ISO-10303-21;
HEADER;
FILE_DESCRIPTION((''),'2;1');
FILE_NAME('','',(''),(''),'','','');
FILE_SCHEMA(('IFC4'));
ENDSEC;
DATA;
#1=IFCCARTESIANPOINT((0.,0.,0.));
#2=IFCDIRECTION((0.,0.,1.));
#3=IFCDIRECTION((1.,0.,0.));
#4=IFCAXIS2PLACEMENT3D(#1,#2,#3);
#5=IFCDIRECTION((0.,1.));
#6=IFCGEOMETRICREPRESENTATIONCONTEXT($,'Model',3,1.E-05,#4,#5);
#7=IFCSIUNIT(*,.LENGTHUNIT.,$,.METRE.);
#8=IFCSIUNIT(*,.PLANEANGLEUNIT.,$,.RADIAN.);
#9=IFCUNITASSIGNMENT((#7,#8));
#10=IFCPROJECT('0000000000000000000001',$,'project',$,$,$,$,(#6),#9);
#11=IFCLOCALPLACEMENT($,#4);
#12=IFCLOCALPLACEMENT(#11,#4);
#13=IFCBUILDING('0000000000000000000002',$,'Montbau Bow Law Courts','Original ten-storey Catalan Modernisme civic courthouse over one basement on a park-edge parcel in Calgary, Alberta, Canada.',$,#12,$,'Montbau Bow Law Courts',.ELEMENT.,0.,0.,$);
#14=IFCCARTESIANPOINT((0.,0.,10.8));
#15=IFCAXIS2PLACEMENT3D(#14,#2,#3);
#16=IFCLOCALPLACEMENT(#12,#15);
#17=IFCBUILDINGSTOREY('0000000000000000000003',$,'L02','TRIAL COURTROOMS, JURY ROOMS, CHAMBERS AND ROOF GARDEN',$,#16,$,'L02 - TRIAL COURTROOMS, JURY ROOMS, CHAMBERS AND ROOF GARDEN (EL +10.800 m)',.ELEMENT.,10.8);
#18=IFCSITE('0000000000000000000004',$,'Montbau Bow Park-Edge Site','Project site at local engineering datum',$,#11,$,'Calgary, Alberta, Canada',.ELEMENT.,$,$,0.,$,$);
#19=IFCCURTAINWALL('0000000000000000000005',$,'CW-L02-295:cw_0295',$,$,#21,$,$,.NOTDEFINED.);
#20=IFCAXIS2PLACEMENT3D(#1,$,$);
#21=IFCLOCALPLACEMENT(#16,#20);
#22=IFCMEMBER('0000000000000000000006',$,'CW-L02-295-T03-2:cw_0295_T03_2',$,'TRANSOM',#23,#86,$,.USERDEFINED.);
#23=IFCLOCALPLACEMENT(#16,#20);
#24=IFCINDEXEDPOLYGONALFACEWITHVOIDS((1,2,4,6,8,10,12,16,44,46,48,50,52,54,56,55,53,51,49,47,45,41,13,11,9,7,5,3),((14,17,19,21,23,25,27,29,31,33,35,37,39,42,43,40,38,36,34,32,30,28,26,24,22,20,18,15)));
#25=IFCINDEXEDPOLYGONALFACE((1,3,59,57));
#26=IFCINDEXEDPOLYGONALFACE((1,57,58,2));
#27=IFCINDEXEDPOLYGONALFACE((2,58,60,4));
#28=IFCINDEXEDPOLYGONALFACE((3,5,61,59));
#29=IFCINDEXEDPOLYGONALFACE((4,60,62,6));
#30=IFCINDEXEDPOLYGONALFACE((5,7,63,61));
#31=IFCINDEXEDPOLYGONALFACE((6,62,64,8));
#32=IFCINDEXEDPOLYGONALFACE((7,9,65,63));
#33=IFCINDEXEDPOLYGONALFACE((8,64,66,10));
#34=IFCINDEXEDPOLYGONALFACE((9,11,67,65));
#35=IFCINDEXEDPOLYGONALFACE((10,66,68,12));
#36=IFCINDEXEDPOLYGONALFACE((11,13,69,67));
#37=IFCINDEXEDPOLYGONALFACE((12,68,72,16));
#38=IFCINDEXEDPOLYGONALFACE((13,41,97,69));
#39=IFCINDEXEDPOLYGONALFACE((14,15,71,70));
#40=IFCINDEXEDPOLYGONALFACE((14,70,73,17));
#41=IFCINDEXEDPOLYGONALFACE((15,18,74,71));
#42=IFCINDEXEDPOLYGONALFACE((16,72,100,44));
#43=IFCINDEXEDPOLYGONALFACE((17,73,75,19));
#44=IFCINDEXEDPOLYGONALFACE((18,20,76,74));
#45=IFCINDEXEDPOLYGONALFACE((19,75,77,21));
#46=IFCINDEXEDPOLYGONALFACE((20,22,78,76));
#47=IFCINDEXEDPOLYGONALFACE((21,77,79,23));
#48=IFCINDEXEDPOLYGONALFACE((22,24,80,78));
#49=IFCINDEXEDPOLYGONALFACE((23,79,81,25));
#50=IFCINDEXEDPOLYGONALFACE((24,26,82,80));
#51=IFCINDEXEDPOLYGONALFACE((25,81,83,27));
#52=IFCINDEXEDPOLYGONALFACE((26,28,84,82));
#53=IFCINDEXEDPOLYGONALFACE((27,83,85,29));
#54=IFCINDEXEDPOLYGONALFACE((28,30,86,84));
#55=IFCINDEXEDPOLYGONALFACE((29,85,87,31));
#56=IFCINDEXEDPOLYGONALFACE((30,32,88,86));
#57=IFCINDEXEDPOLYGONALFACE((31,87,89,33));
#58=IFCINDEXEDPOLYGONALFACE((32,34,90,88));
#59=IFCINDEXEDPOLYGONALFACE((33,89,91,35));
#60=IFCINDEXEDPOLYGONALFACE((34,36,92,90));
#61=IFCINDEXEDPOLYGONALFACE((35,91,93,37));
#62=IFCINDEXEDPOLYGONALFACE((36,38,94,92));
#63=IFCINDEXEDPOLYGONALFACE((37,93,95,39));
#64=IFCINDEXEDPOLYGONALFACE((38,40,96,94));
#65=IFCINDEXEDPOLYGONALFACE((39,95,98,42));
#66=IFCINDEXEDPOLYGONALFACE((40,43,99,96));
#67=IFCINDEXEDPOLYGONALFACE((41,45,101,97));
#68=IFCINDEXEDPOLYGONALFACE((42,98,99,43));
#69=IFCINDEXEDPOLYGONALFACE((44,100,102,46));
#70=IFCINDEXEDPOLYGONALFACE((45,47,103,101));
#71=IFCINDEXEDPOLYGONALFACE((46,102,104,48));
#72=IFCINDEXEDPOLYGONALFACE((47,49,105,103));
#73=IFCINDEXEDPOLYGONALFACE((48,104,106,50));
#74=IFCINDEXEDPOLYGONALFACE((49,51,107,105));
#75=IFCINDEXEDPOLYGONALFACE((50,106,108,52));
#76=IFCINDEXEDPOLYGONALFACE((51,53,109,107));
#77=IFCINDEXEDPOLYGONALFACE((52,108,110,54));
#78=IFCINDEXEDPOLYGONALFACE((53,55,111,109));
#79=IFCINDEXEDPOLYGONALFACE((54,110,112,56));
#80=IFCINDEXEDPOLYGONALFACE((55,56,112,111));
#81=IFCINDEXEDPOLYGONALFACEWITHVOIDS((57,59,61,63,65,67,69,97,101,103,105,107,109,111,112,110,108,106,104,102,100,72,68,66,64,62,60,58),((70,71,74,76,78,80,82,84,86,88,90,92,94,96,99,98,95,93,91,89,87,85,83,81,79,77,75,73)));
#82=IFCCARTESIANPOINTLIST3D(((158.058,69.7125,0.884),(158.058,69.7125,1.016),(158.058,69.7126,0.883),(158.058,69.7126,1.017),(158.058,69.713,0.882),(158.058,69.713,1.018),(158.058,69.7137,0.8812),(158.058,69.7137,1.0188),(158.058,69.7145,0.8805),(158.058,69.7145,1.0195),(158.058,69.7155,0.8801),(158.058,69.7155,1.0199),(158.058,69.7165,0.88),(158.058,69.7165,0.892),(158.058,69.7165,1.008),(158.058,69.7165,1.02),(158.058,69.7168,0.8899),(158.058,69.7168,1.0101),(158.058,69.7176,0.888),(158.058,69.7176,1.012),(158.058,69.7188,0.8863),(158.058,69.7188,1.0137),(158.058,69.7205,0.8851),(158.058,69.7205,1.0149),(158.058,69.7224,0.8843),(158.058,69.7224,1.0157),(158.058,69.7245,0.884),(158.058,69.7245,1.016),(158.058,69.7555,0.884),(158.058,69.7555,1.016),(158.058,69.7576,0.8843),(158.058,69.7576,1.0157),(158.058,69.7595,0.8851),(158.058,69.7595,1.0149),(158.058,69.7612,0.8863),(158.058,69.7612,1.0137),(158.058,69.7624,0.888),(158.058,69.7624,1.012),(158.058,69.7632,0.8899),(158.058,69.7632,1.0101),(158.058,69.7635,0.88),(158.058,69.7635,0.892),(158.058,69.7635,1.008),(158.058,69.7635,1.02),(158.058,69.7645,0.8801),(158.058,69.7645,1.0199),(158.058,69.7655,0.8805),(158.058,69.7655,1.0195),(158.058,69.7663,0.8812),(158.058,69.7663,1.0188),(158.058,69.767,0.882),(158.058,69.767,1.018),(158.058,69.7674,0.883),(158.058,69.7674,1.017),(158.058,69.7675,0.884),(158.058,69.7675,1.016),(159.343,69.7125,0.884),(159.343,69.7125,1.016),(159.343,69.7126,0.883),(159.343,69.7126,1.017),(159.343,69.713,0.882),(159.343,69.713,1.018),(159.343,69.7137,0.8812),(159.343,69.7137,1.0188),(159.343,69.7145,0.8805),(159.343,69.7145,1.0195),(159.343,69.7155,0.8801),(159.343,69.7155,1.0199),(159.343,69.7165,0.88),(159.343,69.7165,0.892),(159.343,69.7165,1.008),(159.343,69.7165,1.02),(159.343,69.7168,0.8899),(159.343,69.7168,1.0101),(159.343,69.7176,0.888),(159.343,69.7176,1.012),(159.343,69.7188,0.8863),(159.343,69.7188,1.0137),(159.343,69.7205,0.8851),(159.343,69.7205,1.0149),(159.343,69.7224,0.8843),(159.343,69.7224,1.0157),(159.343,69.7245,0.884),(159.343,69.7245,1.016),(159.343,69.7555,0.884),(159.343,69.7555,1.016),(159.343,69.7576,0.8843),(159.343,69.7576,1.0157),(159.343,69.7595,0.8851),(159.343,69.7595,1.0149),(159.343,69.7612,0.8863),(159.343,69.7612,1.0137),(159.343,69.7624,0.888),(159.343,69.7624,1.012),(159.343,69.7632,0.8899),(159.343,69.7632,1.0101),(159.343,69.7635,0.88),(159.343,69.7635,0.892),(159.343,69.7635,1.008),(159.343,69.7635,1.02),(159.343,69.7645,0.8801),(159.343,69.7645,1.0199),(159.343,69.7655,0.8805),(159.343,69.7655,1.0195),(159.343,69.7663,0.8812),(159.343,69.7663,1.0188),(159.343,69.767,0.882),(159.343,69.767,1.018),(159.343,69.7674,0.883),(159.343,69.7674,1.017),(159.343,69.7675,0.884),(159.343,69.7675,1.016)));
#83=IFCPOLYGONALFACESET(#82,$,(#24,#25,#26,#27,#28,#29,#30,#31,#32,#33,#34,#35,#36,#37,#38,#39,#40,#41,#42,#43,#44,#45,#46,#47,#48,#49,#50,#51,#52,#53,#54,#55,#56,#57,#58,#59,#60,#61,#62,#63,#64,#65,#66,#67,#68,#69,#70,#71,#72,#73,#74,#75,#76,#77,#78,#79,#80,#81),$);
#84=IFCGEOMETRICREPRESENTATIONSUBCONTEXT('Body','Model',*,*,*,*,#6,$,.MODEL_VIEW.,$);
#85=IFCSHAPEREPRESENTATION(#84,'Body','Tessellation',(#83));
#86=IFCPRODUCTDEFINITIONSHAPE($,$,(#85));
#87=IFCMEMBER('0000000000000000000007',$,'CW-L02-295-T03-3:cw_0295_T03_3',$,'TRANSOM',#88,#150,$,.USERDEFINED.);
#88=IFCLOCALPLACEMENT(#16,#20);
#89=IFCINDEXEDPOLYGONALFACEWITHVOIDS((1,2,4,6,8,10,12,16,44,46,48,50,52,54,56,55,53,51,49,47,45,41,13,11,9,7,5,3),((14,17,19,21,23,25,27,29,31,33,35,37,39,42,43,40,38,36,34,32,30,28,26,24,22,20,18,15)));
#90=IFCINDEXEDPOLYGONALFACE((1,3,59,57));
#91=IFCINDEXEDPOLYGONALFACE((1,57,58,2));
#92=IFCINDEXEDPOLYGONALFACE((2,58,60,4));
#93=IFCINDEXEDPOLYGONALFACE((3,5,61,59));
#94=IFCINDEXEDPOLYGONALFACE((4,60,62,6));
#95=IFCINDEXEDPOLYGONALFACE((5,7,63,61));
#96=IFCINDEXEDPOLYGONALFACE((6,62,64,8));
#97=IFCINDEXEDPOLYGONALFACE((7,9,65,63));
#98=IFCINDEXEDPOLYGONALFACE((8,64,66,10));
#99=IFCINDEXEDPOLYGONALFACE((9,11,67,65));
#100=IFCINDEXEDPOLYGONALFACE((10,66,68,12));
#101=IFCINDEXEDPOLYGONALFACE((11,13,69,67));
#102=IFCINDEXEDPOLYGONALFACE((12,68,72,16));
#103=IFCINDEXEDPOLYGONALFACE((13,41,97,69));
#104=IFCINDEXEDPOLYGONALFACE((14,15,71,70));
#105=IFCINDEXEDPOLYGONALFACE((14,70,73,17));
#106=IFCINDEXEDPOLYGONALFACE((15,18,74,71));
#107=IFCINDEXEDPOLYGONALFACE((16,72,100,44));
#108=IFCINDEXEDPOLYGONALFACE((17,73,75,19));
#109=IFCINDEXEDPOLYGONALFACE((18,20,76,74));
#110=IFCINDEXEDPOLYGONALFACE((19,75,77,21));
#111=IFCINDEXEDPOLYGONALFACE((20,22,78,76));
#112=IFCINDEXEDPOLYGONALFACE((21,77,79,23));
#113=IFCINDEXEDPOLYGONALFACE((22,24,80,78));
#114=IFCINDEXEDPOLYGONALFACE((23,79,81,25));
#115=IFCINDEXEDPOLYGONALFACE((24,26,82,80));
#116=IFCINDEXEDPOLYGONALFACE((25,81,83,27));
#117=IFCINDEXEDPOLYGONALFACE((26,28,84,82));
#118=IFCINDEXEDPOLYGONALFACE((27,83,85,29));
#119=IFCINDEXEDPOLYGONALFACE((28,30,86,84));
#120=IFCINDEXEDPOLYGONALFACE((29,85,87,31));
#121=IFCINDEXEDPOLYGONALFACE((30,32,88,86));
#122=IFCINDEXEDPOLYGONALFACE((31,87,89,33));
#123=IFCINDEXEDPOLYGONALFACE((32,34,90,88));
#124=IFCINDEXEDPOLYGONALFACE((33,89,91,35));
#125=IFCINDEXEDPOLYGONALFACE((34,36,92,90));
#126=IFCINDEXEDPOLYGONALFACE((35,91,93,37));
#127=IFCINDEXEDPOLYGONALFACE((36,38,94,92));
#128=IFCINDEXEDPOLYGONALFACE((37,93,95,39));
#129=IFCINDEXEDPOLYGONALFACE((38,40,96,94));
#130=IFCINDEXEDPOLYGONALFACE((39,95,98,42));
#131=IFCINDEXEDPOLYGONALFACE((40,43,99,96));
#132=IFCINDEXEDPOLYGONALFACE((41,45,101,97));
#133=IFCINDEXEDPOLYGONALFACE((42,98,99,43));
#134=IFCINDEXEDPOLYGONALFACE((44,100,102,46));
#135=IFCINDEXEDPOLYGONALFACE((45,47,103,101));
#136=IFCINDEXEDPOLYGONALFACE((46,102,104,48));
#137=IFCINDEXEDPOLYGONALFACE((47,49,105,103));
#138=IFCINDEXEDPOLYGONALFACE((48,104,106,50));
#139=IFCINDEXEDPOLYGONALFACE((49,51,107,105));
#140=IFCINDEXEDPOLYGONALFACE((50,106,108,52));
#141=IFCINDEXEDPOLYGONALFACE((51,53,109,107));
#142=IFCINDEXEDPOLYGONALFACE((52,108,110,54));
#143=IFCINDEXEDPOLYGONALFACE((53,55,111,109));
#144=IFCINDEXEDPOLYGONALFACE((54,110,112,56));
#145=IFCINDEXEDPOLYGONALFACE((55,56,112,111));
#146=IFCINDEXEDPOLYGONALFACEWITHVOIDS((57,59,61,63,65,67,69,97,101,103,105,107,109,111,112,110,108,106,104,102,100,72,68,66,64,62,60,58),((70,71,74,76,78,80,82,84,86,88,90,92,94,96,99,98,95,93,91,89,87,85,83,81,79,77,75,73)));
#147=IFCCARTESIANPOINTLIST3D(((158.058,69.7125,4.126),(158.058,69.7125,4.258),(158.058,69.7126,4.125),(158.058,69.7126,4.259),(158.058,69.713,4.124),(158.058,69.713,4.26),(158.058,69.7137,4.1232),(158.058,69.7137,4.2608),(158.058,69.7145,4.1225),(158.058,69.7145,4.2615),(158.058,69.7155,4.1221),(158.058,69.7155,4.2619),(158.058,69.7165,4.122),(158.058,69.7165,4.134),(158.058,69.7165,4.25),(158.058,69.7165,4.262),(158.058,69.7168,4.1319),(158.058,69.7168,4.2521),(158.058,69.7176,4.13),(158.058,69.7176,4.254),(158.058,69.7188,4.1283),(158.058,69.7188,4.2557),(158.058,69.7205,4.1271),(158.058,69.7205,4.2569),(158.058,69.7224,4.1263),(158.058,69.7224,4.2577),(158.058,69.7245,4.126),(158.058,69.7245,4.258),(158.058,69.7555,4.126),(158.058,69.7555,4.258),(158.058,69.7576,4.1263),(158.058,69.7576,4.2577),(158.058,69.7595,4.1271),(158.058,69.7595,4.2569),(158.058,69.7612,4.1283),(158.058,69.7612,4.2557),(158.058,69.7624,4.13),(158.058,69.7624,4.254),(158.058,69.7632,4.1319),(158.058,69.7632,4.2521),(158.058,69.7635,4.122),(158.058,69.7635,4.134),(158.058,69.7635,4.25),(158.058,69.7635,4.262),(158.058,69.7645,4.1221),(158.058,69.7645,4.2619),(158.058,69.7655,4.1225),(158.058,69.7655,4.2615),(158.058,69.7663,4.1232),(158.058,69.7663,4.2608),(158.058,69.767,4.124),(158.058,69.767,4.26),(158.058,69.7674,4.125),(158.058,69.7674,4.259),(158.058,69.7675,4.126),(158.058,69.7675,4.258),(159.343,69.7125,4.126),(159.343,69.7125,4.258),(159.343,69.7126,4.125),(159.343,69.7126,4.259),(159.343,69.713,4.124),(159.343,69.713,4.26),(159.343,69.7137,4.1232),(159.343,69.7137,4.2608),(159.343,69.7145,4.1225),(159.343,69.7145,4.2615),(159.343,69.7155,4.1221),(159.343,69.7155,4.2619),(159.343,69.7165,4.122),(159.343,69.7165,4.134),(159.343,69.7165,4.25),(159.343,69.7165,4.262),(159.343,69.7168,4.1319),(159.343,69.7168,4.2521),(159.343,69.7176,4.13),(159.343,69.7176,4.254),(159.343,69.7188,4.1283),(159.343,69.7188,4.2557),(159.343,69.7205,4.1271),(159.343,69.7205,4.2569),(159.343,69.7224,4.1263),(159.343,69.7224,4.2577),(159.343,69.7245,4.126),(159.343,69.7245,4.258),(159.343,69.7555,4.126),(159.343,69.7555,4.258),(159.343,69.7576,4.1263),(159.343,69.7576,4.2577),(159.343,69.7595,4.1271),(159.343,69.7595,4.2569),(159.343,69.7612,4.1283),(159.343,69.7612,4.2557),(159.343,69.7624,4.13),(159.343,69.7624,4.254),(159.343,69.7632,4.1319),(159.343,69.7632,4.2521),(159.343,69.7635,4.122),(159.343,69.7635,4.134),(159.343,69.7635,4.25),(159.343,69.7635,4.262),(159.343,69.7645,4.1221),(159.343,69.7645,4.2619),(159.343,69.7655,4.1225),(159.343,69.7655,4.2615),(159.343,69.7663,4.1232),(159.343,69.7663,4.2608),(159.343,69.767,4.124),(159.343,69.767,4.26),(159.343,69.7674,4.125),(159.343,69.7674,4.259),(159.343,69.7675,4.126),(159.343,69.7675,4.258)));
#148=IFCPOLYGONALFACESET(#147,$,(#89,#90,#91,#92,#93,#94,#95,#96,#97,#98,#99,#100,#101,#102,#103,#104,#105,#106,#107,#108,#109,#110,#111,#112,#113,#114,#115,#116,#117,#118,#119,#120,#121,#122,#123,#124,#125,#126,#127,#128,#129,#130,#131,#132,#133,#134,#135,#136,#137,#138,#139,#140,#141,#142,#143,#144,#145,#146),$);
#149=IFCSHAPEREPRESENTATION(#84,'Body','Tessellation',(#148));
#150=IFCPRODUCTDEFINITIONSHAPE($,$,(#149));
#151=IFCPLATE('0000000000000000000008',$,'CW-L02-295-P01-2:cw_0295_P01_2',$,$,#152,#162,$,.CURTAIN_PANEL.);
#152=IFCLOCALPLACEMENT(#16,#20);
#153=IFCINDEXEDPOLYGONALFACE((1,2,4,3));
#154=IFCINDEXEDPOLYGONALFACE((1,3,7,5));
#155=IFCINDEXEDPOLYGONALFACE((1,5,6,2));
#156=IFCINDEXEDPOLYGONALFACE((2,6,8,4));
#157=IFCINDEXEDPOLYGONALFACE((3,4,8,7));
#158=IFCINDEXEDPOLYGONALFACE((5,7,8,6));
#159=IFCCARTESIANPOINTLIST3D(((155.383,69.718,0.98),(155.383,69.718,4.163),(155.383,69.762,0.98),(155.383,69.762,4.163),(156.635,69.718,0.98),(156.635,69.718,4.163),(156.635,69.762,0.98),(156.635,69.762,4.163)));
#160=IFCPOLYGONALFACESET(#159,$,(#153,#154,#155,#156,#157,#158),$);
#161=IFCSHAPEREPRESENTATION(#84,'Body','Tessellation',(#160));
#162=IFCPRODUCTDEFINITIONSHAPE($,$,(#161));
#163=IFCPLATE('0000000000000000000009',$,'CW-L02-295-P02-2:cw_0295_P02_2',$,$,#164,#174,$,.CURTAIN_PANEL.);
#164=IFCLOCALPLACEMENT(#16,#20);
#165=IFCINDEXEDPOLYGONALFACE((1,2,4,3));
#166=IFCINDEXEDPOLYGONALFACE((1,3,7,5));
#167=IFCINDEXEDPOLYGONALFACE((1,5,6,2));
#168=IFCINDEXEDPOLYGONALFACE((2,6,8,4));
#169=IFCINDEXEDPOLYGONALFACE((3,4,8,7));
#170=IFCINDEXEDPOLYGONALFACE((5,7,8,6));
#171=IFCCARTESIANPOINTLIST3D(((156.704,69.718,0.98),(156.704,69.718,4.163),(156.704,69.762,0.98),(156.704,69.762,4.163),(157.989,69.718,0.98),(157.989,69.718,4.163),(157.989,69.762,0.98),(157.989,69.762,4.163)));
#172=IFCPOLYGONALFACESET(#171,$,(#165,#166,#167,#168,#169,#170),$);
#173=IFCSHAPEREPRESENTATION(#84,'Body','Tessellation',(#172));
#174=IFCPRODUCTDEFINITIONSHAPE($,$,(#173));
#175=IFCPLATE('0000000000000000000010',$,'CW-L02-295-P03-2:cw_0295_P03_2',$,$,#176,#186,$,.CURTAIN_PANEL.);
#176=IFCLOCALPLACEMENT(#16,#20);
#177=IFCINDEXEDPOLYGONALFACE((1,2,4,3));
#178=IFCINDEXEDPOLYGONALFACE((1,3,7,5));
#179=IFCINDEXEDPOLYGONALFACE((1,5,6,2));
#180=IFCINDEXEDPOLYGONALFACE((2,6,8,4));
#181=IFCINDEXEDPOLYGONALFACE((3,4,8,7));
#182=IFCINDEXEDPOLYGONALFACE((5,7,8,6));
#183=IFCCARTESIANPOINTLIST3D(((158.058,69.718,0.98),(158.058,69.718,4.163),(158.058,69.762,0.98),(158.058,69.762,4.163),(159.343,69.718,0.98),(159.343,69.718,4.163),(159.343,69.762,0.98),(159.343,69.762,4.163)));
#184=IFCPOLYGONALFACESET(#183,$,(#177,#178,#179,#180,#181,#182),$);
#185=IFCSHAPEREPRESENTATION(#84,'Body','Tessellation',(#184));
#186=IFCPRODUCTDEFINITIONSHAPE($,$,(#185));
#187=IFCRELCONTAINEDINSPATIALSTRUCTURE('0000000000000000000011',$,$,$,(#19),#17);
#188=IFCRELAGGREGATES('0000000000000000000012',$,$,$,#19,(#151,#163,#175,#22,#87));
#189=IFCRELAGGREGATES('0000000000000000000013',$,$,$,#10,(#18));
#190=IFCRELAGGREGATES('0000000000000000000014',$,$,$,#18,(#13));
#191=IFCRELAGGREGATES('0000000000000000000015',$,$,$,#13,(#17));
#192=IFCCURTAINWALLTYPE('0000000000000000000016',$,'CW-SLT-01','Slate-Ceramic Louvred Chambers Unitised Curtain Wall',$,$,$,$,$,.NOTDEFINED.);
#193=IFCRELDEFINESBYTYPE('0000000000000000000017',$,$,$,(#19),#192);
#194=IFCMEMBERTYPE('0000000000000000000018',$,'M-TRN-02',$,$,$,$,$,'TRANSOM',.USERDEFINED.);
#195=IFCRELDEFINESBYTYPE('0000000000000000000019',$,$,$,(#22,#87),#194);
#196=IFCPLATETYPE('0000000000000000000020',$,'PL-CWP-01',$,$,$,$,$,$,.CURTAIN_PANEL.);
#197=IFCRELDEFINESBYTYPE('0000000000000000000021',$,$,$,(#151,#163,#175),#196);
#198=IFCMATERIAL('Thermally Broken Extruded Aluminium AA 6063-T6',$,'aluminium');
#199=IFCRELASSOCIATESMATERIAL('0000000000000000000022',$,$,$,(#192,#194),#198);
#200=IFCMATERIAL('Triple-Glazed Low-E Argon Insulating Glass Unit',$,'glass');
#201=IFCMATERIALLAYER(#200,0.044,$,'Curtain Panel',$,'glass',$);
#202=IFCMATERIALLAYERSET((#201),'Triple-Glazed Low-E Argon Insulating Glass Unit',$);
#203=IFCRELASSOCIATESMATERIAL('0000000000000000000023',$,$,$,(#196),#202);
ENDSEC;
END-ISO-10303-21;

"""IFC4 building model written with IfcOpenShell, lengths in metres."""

from ifc_helpers import new_model, si_unit, direction, frame, frame_2d, origin_with_axes, origin_2d_with_axis, place, context, subcontext, project, spatial, rectangle, hollow_rectangle, extrude, material, layer, layer_set, material_profile, profile_set, type_object, element, aggregate, save


model = new_model("IFC4")

# Units and contexts
model_context = context("Model", 3, precision=1e-05, world=origin_with_axes(), true_north=direction((0.0, 1.0)))
body_context = subcontext(model_context, "Body", "Model", "MODEL_VIEW")
ifc_project = project(units=[si_unit("LENGTHUNIT", "METRE"), si_unit("PLANEANGLEUNIT", "RADIAN")], contexts=[model_context])

# Site, building, storey
site_placement = place(None, origin_with_axes())
site = spatial("IfcSite", under=ifc_project, at=site_placement, Name="Montbau Bow Park-Edge Site", Description="Project site at local engineering datum", LongName="Calgary, Alberta, Canada", CompositionType="ELEMENT", RefElevation=0.0)
building_placement = place(site_placement, origin_with_axes())
building = spatial("IfcBuilding", under=site, at=building_placement, Name="Montbau Bow Law Courts", Description="Original ten-storey Catalan Modernisme civic courthouse over one basement on a park-edge parcel in Calgary, Alberta, Canada.", LongName="Montbau Bow Law Courts", CompositionType="ELEMENT", ElevationOfRefHeight=0.0, ElevationOfTerrain=0.0)
storey_placement = place(building_placement, frame((0.0, 0.0, 10.8), z_axis=(0.0, 0.0, 1.0), x_axis=(1.0, 0.0, 0.0)))
storey = spatial("IfcBuildingStorey", under=building, at=storey_placement, Name="L02", Description="TRIAL COURTROOMS, JURY ROOMS, CHAMBERS AND ROOF GARDEN", LongName="L02 - TRIAL COURTROOMS, JURY ROOMS, CHAMBERS AND ROOF GARDEN (EL +10.800 m)", CompositionType="ELEMENT", Elevation=10.8)

# Shared definitions
ifc_material_1 = material(Name="Thermally Broken Extruded Aluminium AA 6063-T6", Category="aluminium")
curtain_wall_type = type_object("IfcCurtainWallType", Name="CW-SLT-01", Description="Slate-Ceramic Louvred Chambers Unitised Curtain Wall", PredefinedType="NOTDEFINED", material=ifc_material_1)

# Curtain wall, members, plates
curtain_wall_1_placement = place(None, frame((155.315, 69.74, 10.8), z_axis=(0.0, 0.0, 1.0), x_axis=(1.0, 0.0, 0.0)))
curtain_wall_1 = element("IfcCurtainWall", 1, at=curtain_wall_1_placement, inside=storey, type_object=curtain_wall_type, Name="CW-L02-295:cw_0295", PredefinedType="NOTDEFINED")
ifc_material_profile_1 = material_profile(ifc_material_1, hollow_rectangle(XDim=0.055, YDim=0.14, WallThickness=0.004, InnerFilletRadius=0.008, OuterFilletRadius=0.004, at=origin_2d_with_axis()), Name="CWT-140X55", Category="Main", Priority=0)
ifc_profile_set_1 = profile_set([ifc_material_profile_1], Name="Thermally Broken Extruded Aluminium AA 6063-T6")
member_type_1 = type_object("IfcMemberType", Name="M-TRN-02", ElementType="TRANSOM", PredefinedType="USERDEFINED", material=ifc_profile_set_1)
member_1_placement = place(None, frame((158.058, 69.74, 11.75), z_axis=(1.0, 0.0, 0.0), x_axis=(0.0, 1.0, 0.0)))
member_1 = element("IfcMember", 2, at=member_1_placement, type_object=member_type_1, Name="CW-L02-295-T03-2:cw_0295_T03_2", ObjectType="TRANSOM", PredefinedType="USERDEFINED", context=body_context, shape_type="SweptSolid", body=[
    extrude(hollow_rectangle(XDim=0.055, YDim=0.14, WallThickness=0.004, InnerFilletRadius=0.008, OuterFilletRadius=0.004, at=origin_2d_with_axis()), origin_with_axes(), (0.0, 0.0, 1.0), 1.285),
])
member_2_placement = place(None, frame((158.058, 69.74, 14.992), z_axis=(1.0, 0.0, 0.0), x_axis=(0.0, 1.0, 0.0)))
member_2 = element("IfcMember", 3, at=member_2_placement, type_object=member_type_1, Name="CW-L02-295-T03-3:cw_0295_T03_3", ObjectType="TRANSOM", PredefinedType="USERDEFINED", context=body_context, shape_type="SweptSolid", body=[
    extrude(hollow_rectangle(XDim=0.055, YDim=0.14, WallThickness=0.004, InnerFilletRadius=0.008, OuterFilletRadius=0.004, at=origin_2d_with_axis()), origin_with_axes(), (0.0, 0.0, 1.0), 1.285),
])
ifc_material_2 = material(Name="Triple-Glazed Low-E Argon Insulating Glass Unit", Category="glass")
ifc_layer_1 = layer(ifc_material_2, 0.044, Name="Curtain Panel", Category="glass")
ifc_layer_set_1 = layer_set([ifc_layer_1], Name="Triple-Glazed Low-E Argon Insulating Glass Unit")
plate_type_1 = type_object("IfcPlateType", Name="PL-CWP-01", PredefinedType="CURTAIN_PANEL", material=ifc_layer_set_1)
plate_1_placement = place(None, frame((155.383, 69.74, 11.78), z_axis=(0.0, -1.0, 0.0), x_axis=(1.0, 0.0, 0.0)))
plate_1 = element("IfcPlate", 4, at=plate_1_placement, type_object=plate_type_1, Name="CW-L02-295-P01-2:cw_0295_P01_2", PredefinedType="CURTAIN_PANEL", context=body_context, shape_type="SweptSolid", body=[
    extrude(rectangle(XDim=1.252, YDim=3.183, at=frame_2d((0.626, 1.5915), x_axis=(1.0, 0.0))), frame((0.0, 0.0, -0.022), z_axis=(0.0, 0.0, 1.0), x_axis=(1.0, 0.0, 0.0)), (0.0, 0.0, 1.0), 0.044),
])
plate_2_placement = place(None, frame((156.704, 69.74, 11.78), z_axis=(0.0, -1.0, 0.0), x_axis=(1.0, 0.0, 0.0)))
plate_2 = element("IfcPlate", 5, at=plate_2_placement, type_object=plate_type_1, Name="CW-L02-295-P02-2:cw_0295_P02_2", PredefinedType="CURTAIN_PANEL", context=body_context, shape_type="SweptSolid", body=[
    extrude(rectangle(XDim=1.285, YDim=3.183, at=frame_2d((0.6425, 1.5915), x_axis=(1.0, 0.0))), frame((0.0, 0.0, -0.022), z_axis=(0.0, 0.0, 1.0), x_axis=(1.0, 0.0, 0.0)), (0.0, 0.0, 1.0), 0.044),
])
plate_3_placement = place(None, frame((158.058, 69.74, 11.78), z_axis=(0.0, -1.0, 0.0), x_axis=(1.0, 0.0, 0.0)))
plate_3 = element("IfcPlate", 6, at=plate_3_placement, type_object=plate_type_1, Name="CW-L02-295-P03-2:cw_0295_P03_2", PredefinedType="CURTAIN_PANEL", context=body_context, shape_type="SweptSolid", body=[
    extrude(rectangle(XDim=1.285, YDim=3.183, at=frame_2d((0.6425, 1.5915), x_axis=(1.0, 0.0))), frame((0.0, 0.0, -0.022), z_axis=(0.0, 0.0, 1.0), x_axis=(1.0, 0.0, 0.0)), (0.0, 0.0, 1.0), 0.044),
])
aggregate(curtain_wall_1, [plate_1, plate_2, plate_3, member_1, member_2])

save(model, "model.ifc")
